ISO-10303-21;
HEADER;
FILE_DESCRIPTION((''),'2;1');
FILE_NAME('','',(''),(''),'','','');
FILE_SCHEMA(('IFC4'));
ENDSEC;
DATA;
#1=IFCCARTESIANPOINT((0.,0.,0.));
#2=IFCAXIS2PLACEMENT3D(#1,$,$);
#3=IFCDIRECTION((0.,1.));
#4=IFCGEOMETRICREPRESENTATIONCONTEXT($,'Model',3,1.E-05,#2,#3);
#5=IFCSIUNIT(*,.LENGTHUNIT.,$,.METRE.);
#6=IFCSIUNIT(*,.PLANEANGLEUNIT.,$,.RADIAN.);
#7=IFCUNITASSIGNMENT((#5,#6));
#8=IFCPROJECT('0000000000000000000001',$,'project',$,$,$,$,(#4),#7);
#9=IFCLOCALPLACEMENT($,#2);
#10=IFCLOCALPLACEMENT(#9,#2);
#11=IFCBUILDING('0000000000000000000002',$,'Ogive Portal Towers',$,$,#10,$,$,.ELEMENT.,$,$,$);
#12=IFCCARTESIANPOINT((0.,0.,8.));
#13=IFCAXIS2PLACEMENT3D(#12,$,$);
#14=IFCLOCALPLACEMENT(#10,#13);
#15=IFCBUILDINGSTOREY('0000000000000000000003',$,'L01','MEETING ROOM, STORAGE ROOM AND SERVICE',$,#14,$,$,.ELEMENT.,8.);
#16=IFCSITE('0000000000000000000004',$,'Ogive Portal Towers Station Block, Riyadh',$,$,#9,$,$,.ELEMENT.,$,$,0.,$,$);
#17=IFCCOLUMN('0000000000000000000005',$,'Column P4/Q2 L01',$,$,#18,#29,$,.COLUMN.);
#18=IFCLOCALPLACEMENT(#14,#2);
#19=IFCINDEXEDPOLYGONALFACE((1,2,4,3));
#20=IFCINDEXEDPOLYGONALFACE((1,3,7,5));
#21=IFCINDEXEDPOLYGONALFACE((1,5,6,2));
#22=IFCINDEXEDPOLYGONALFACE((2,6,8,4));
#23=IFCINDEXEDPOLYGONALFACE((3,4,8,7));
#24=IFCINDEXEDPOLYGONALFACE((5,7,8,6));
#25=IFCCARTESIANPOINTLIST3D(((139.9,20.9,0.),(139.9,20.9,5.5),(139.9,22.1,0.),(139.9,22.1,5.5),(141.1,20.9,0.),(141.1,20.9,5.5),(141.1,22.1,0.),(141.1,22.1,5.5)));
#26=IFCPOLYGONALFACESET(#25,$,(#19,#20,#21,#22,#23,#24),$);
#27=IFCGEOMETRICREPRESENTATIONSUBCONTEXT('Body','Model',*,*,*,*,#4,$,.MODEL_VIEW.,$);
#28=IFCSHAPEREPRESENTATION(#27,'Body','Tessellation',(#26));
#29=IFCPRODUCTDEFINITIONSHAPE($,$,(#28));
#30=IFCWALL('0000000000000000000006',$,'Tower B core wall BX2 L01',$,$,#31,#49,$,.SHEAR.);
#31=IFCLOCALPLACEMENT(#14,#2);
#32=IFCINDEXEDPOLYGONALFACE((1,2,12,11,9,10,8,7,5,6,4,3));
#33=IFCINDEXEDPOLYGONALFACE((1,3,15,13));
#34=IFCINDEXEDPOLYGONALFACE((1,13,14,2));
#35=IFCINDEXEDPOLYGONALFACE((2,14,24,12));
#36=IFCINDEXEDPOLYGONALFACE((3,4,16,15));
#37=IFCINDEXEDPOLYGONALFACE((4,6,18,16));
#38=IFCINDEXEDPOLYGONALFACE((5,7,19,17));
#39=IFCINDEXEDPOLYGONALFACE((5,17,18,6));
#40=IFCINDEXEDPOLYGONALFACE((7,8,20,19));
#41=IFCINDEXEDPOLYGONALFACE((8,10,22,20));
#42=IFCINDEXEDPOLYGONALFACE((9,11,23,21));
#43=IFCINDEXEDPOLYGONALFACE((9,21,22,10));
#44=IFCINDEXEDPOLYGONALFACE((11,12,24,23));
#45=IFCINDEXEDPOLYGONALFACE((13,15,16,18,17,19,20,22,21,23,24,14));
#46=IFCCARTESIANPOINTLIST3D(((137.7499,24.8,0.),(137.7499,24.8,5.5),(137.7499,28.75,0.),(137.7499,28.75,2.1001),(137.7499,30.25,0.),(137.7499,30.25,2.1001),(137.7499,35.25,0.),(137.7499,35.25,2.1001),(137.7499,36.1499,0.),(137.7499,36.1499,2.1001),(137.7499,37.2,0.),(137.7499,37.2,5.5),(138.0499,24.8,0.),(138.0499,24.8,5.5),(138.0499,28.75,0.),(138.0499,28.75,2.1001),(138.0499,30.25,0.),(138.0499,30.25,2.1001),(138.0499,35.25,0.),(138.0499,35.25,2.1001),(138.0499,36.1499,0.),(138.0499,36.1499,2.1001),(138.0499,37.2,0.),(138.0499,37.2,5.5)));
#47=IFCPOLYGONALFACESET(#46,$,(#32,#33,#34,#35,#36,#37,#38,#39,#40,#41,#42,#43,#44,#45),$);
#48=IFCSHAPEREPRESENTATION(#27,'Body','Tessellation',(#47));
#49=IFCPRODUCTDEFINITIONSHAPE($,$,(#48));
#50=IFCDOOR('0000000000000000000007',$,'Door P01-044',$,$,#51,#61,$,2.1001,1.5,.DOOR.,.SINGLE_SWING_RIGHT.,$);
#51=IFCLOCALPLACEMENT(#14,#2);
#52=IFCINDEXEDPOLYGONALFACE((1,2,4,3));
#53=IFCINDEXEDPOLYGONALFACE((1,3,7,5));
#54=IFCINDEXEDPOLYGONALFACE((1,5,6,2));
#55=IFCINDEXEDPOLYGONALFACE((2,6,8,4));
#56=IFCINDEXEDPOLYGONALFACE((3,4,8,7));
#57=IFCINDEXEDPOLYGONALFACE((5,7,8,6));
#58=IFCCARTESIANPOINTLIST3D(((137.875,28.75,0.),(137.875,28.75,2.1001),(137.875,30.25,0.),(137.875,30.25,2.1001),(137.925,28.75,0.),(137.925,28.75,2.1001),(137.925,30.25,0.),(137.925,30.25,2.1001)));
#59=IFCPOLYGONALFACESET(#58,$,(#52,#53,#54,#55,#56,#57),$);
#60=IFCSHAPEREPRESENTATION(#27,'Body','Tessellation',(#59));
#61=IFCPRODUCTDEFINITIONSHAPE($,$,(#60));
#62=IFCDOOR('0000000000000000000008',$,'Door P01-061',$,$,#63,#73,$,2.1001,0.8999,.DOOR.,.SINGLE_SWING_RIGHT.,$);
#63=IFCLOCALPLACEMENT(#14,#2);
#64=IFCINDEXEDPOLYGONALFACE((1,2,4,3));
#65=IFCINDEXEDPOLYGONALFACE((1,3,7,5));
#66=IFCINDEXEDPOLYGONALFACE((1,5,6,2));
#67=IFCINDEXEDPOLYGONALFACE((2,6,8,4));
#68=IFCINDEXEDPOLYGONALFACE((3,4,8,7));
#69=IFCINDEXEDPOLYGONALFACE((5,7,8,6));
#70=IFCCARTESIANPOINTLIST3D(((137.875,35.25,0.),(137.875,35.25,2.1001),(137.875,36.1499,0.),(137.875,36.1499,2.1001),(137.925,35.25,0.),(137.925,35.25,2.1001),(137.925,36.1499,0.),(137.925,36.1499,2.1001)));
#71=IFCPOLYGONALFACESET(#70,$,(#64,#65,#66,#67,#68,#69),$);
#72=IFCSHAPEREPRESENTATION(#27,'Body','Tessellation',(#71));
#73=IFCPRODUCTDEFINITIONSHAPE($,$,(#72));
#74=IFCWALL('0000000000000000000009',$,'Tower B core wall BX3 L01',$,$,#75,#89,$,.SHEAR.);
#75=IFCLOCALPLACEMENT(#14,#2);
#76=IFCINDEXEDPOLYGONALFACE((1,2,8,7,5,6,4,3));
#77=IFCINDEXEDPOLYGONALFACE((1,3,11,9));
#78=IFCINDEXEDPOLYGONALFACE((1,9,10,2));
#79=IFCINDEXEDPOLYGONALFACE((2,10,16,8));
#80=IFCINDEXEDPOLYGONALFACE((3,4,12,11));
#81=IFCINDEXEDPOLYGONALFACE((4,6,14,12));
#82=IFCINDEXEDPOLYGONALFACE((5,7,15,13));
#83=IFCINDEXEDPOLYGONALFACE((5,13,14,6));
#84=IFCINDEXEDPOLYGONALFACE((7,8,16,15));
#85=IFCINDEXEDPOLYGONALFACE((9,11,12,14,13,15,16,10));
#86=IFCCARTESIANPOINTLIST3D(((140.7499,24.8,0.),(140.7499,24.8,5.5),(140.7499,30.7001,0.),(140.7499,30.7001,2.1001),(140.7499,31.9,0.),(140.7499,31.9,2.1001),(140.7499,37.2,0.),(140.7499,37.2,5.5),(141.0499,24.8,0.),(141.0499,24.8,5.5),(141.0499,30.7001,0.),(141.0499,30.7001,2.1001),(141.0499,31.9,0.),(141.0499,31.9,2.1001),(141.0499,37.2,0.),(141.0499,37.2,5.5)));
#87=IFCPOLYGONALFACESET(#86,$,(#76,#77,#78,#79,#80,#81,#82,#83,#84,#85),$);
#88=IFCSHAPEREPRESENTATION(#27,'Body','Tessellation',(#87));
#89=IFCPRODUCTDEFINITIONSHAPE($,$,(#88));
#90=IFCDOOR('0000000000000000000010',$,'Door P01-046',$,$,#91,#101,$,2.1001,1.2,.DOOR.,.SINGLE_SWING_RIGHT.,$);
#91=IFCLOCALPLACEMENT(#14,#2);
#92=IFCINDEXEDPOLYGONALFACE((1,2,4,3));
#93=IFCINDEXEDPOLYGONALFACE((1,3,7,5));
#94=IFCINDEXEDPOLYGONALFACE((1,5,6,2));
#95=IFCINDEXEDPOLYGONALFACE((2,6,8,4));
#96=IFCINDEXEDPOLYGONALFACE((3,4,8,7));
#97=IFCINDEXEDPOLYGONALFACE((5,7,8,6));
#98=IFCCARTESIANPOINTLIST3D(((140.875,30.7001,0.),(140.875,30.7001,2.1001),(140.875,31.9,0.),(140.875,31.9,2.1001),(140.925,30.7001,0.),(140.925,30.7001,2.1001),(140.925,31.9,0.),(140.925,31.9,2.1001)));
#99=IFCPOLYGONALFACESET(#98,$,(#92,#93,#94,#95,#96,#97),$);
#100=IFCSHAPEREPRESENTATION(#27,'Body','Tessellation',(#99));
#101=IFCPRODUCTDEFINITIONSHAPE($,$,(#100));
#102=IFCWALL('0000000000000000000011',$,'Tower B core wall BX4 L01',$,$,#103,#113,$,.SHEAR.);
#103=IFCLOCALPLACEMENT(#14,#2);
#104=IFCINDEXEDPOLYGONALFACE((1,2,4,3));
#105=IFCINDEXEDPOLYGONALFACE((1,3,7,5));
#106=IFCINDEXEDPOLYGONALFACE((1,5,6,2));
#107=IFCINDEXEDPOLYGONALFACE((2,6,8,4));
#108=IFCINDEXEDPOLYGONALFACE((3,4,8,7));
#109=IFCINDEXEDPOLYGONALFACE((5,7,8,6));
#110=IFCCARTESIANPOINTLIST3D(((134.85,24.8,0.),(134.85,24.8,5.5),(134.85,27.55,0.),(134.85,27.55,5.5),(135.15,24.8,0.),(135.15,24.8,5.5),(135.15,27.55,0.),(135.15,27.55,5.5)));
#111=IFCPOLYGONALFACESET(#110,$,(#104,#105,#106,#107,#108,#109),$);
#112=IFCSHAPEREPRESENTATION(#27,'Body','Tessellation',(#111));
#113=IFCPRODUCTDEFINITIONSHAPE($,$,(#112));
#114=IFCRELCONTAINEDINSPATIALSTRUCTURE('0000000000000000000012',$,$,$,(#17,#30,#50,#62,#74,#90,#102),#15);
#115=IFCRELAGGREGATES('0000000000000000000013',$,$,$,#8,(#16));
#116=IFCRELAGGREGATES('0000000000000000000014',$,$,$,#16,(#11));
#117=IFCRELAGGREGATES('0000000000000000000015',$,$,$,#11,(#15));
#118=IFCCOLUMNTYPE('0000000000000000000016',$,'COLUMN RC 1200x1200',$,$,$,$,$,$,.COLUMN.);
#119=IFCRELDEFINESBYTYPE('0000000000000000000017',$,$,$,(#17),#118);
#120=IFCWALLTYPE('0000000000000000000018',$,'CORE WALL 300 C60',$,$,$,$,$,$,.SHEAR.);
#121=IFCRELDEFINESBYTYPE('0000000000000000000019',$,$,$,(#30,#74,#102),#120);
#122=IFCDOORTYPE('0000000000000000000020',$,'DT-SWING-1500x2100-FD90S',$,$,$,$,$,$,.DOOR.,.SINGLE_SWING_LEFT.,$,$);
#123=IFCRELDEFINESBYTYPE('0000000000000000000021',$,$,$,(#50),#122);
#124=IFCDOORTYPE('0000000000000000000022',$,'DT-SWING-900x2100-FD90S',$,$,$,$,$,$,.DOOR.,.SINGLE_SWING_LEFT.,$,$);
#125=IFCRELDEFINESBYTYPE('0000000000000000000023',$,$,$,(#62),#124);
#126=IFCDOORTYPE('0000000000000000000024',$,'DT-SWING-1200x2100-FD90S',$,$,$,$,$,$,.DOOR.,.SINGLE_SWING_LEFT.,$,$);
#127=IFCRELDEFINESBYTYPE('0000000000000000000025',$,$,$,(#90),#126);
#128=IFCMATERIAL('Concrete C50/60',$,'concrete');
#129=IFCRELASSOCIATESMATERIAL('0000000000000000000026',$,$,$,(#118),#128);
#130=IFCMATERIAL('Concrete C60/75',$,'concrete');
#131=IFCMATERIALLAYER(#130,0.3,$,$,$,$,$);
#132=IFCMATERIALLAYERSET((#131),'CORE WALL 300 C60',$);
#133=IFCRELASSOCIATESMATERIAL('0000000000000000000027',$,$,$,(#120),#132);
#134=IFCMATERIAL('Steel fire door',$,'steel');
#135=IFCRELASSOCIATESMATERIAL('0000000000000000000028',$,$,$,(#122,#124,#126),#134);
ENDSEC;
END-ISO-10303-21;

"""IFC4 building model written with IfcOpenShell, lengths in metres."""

from ifc_helpers import new_model, si_unit, direction, frame, frame_2d, origin, origin_2d, place, context, subcontext, project, spatial, rectangle, extrude, material, layer, layer_set, material_profile, profile_set, type_object, element, fill, save


model = new_model("IFC4")

# Units and contexts
model_context = context("Model", 3, precision=1e-05, world=origin(), true_north=direction((0.0, 1.0)))
body_context = subcontext(model_context, "Body", "Model", "MODEL_VIEW")
ifc_project = project(units=[si_unit("LENGTHUNIT", "METRE"), si_unit("PLANEANGLEUNIT", "RADIAN")], contexts=[model_context])

# Site, building, storey
site_placement = place(None, origin())
site = spatial("IfcSite", under=ifc_project, at=site_placement, Name="Ogive Portal Towers Station Block, Riyadh", CompositionType="ELEMENT", RefElevation=0.0)
building_placement = place(site_placement, origin())
building = spatial("IfcBuilding", under=site, at=building_placement, Name="Ogive Portal Towers", CompositionType="ELEMENT")
storey_placement = place(building_placement, frame((0.0, 0.0, 8.0)))
storey = spatial("IfcBuildingStorey", under=building, at=storey_placement, Name="L01", Description="MEETING ROOM, STORAGE ROOM AND SERVICE", CompositionType="ELEMENT", Elevation=8.0)

# Column
ifc_material_1 = material(Name="Concrete C50/60", Category="concrete")
ifc_material_profile = material_profile(ifc_material_1, rectangle(XDim=1.2, YDim=1.2, at=origin_2d()), Name="RC 1200x1200")
ifc_profile_set = profile_set([ifc_material_profile], Name="Concrete C50/60")
column_type = type_object("IfcColumnType", Name="COLUMN RC 1200x1200", PredefinedType="COLUMN", material=ifc_profile_set)
column_placement = place(storey_placement, frame((140.5, 21.5, 0.0), z_axis=(0.0, 0.0, 1.0), x_axis=(1.0, 0.0, 0.0)))
element("IfcColumn", 1, at=column_placement, inside=storey, type_object=column_type, Name="Column P4/Q2 L01", PredefinedType="COLUMN", context=body_context, shape_type="SweptSolid", body=[
    extrude(rectangle(XDim=1.2, YDim=1.2, at=origin_2d()), origin(), (0.0, 0.0, 1.0), 5.5),
])

# Wall, openings, doors
ifc_material_2 = material(Name="Concrete C60/75", Category="concrete")
ifc_layer = layer(ifc_material_2, 0.3)
ifc_layer_set = layer_set([ifc_layer], Name="CORE WALL 300 C60")
wall_type = type_object("IfcWallType", Name="CORE WALL 300 C60", PredefinedType="SHEAR", material=ifc_layer_set)
wall_1_placement = place(storey_placement, frame((137.8999, 24.8, 0.0), z_axis=(0.0, 0.0, 1.0), x_axis=(0.0, 1.0, 0.0)))
wall_1 = element("IfcWall", 2, at=wall_1_placement, inside=storey, type_object=wall_type, Name="Tower B core wall BX2 L01", PredefinedType="SHEAR", context=body_context, shape_type="SweptSolid", body=[
    extrude(rectangle(XDim=12.3999, YDim=0.3, at=frame_2d((6.2, 0.0))), origin(), (0.0, 0.0, 1.0), 5.5),
])
opening_1_placement = place(wall_1_placement, frame((3.95, 0.0, 0.0)))
opening_1 = element("IfcOpeningElement", 3, at=opening_1_placement, cuts=wall_1, PredefinedType="OPENING", context=body_context, shape_type="SweptSolid", body=[
    extrude(rectangle(XDim=1.5, YDim=2.1001, at=frame_2d((0.75, 1.05))), frame((0.0, 0.1602, 0.0), z_axis=(0.0, -1.0, 0.0), x_axis=(1.0, 0.0, 0.0)), (0.0, 0.0, 1.0), 0.3201),
])
opening_2_placement = place(wall_1_placement, frame((10.45, 0.0, 0.0)))
opening_2 = element("IfcOpeningElement", 4, at=opening_2_placement, cuts=wall_1, PredefinedType="OPENING", context=body_context, shape_type="SweptSolid", body=[
    extrude(rectangle(XDim=0.8999, YDim=2.1001, at=frame_2d((0.45, 1.05))), frame((0.0, 0.1602, 0.0), z_axis=(0.0, -1.0, 0.0), x_axis=(1.0, 0.0, 0.0)), (0.0, 0.0, 1.0), 0.3201),
])
ifc_material_3 = material(Name="Steel fire door", Category="steel")
door_type_1 = type_object("IfcDoorType", Name="DT-SWING-1500x2100-FD90S", OperationType="SINGLE_SWING_LEFT", PredefinedType="DOOR", material=ifc_material_3)
door_1_placement = place(opening_1_placement, origin())
door_1 = element("IfcDoor", 5, at=door_1_placement, inside=storey, type_object=door_type_1, Name="Door P01-044", OperationType="SINGLE_SWING_RIGHT", OverallHeight=2.1001, OverallWidth=1.5, PredefinedType="DOOR", context=body_context, shape_type="SweptSolid", body=[
    extrude(rectangle(XDim=1.5, YDim=2.1001, at=frame_2d((0.75, 1.05))), frame((0.0, 0.0249, 0.0), z_axis=(0.0, -1.0, 0.0), x_axis=(1.0, 0.0, 0.0)), (0.0, 0.0, 1.0), 0.05),
])
fill(opening_1, door_1)
door_type_2 = type_object("IfcDoorType", Name="DT-SWING-900x2100-FD90S", OperationType="SINGLE_SWING_LEFT", PredefinedType="DOOR", material=ifc_material_3)
door_2_placement = place(opening_2_placement, origin())
door_2 = element("IfcDoor", 6, at=door_2_placement, inside=storey, type_object=door_type_2, Name="Door P01-061", OperationType="SINGLE_SWING_RIGHT", OverallHeight=2.1001, OverallWidth=0.8999, PredefinedType="DOOR", context=body_context, shape_type="SweptSolid", body=[
    extrude(rectangle(XDim=0.8999, YDim=2.1001, at=frame_2d((0.45, 1.05))), frame((0.0, 0.0249, 0.0), z_axis=(0.0, -1.0, 0.0), x_axis=(1.0, 0.0, 0.0)), (0.0, 0.0, 1.0), 0.05),
])
fill(opening_2, door_2)

# Wall, opening, door
wall_2_placement = place(storey_placement, frame((140.8999, 24.8, 0.0), z_axis=(0.0, 0.0, 1.0), x_axis=(0.0, 1.0, 0.0)))
wall_2 = element("IfcWall", 7, at=wall_2_placement, inside=storey, type_object=wall_type, Name="Tower B core wall BX3 L01", PredefinedType="SHEAR", context=body_context, shape_type="SweptSolid", body=[
    extrude(rectangle(XDim=12.3999, YDim=0.3, at=frame_2d((6.2, 0.0))), origin(), (0.0, 0.0, 1.0), 5.5),
])
opening_3_placement = place(wall_2_placement, frame((5.8999, 0.0, 0.0)))
opening_3 = element("IfcOpeningElement", 8, at=opening_3_placement, cuts=wall_2, PredefinedType="OPENING", context=body_context, shape_type="SweptSolid", body=[
    extrude(rectangle(XDim=1.2, YDim=2.1001, at=frame_2d((0.6001, 1.05))), frame((0.0, 0.1602, 0.0), z_axis=(0.0, -1.0, 0.0), x_axis=(1.0, 0.0, 0.0)), (0.0, 0.0, 1.0), 0.3201),
])
door_type_3 = type_object("IfcDoorType", Name="DT-SWING-1200x2100-FD90S", OperationType="SINGLE_SWING_LEFT", PredefinedType="DOOR", material=ifc_material_3)
door_3_placement = place(opening_3_placement, origin())
door_3 = element("IfcDoor", 9, at=door_3_placement, inside=storey, type_object=door_type_3, Name="Door P01-046", OperationType="SINGLE_SWING_RIGHT", OverallHeight=2.1001, OverallWidth=1.2, PredefinedType="DOOR", context=body_context, shape_type="SweptSolid", body=[
    extrude(rectangle(XDim=1.2, YDim=2.1001, at=frame_2d((0.6001, 1.05))), frame((0.0, 0.0249, 0.0), z_axis=(0.0, -1.0, 0.0), x_axis=(1.0, 0.0, 0.0)), (0.0, 0.0, 1.0), 0.05),
])
fill(opening_3, door_3)

# Wall
wall_3_placement = place(storey_placement, frame((135.0, 24.8, 0.0), z_axis=(0.0, 0.0, 1.0), x_axis=(0.0, 1.0, 0.0)))
element("IfcWall", 10, at=wall_3_placement, inside=storey, type_object=wall_type, Name="Tower B core wall BX4 L01", PredefinedType="SHEAR", context=body_context, shape_type="SweptSolid", body=[
    extrude(rectangle(XDim=2.75, YDim=0.3, at=frame_2d((1.375, 0.0))), origin(), (0.0, 0.0, 1.0), 5.5),
])

save(model, "model.ifc")
